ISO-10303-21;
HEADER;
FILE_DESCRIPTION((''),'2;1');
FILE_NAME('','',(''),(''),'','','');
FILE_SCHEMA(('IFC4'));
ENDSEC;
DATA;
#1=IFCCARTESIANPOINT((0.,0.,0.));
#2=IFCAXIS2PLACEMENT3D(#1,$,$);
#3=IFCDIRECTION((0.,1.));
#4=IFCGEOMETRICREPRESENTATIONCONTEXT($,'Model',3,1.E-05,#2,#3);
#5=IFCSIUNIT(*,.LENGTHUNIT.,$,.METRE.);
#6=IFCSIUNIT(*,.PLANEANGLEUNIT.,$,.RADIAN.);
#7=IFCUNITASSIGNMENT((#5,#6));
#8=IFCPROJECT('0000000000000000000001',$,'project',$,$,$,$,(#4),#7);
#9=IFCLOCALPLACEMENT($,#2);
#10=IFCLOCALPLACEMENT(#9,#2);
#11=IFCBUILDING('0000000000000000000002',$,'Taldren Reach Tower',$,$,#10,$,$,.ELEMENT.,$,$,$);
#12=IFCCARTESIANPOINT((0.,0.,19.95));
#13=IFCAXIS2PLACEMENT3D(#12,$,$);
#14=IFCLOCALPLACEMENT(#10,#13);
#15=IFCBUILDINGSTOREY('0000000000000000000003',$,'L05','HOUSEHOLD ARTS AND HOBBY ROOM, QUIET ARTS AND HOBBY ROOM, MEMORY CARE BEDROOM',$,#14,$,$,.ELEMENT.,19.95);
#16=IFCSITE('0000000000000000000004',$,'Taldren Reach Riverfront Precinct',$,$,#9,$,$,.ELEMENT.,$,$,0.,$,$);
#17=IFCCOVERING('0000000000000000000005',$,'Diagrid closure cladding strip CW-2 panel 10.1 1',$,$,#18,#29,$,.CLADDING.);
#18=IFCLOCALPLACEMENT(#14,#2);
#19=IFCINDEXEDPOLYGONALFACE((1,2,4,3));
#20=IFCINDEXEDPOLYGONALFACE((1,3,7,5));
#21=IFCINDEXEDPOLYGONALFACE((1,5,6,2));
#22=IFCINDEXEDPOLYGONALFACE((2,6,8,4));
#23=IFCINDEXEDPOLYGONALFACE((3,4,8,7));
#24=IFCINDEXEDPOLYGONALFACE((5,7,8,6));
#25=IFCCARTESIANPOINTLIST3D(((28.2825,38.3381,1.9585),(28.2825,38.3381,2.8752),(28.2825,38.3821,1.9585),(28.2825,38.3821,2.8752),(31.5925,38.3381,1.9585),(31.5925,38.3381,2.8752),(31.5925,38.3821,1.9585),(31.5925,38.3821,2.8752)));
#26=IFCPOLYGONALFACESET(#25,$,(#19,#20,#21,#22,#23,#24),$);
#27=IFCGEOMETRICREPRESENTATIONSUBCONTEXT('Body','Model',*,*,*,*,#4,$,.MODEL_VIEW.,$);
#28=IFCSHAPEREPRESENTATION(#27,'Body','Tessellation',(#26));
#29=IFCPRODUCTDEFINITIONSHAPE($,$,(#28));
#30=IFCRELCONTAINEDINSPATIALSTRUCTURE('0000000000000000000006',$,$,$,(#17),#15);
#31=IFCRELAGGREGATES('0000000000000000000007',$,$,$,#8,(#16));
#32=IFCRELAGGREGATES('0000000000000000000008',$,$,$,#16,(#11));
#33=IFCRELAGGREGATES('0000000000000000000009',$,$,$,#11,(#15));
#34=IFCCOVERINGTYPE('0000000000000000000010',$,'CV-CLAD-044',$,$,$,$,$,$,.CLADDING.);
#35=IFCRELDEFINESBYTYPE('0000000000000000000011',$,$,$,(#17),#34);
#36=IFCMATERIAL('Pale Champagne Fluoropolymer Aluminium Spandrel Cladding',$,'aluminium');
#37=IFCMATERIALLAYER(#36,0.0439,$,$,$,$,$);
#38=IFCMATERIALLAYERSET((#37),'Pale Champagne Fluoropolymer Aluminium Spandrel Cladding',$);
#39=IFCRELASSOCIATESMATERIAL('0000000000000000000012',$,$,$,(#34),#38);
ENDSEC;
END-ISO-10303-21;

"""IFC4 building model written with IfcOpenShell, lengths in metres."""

from ifc_helpers import new_model, si_unit, direction, frame, origin, origin_2d, place, context, subcontext, project, spatial, rectangle, extrude, source, transform, mapped, material, layer, layer_set, type_object, element, save


model = new_model("IFC4")

# Units and contexts
model_context = context("Model", 3, precision=1e-05, world=origin(), true_north=direction((0.0, 1.0)))
body_context = subcontext(model_context, "Body", "Model", "MODEL_VIEW")
ifc_project = project(units=[si_unit("LENGTHUNIT", "METRE"), si_unit("PLANEANGLEUNIT", "RADIAN")], contexts=[model_context])

# Site, building, storey
site_placement = place(None, origin())
site = spatial("IfcSite", under=ifc_project, at=site_placement, Name="Taldren Reach Riverfront Precinct", CompositionType="ELEMENT", RefElevation=0.0)
building_placement = place(site_placement, origin())
building = spatial("IfcBuilding", under=site, at=building_placement, Name="Taldren Reach Tower", CompositionType="ELEMENT")
storey_placement = place(building_placement, frame((0.0, 0.0, 19.95)))
storey = spatial("IfcBuildingStorey", under=building, at=storey_placement, Name="L05", Description="HOUSEHOLD ARTS AND HOBBY ROOM, QUIET ARTS AND HOBBY ROOM, MEMORY CARE BEDROOM", CompositionType="ELEMENT", Elevation=19.95)

# Covering
ifc_material_1 = material(Name="Pale Champagne Fluoropolymer Aluminium Spandrel Cladding", Category="aluminium")
ifc_layer_1 = layer(ifc_material_1, 0.0439)
ifc_layer_set_1 = layer_set([ifc_layer_1], Name="Pale Champagne Fluoropolymer Aluminium Spandrel Cladding")
covering_type = type_object("IfcCoveringType", Name="CV-CLAD-044", PredefinedType="CLADDING", material=ifc_layer_set_1)
shared_shape_1 = source(origin(), body_context, "Body", "SweptSolid", [
    extrude(rectangle(XDim=3.3101, YDim=0.0439, at=origin_2d()), origin(), (0.0, 0.0, 1.0), 0.9167),
])
covering_placement = place(storey_placement, frame((29.9375, 38.3601, 1.9585), z_axis=(0.0, 0.0, 1.0), x_axis=(-1.0, 0.0, 0.0)))
element("IfcCovering", 1, at=covering_placement, inside=storey, type_object=covering_type, Name="Diagrid closure cladding strip CW-2 panel 10.1 1", PredefinedType="CLADDING", context=body_context, shape_type="MappedRepresentation", body=[
    mapped(shared_shape_1, transform((0.0, 0.0, 0.0), scale=1.0)),
])

save(model, "model.ifc")
